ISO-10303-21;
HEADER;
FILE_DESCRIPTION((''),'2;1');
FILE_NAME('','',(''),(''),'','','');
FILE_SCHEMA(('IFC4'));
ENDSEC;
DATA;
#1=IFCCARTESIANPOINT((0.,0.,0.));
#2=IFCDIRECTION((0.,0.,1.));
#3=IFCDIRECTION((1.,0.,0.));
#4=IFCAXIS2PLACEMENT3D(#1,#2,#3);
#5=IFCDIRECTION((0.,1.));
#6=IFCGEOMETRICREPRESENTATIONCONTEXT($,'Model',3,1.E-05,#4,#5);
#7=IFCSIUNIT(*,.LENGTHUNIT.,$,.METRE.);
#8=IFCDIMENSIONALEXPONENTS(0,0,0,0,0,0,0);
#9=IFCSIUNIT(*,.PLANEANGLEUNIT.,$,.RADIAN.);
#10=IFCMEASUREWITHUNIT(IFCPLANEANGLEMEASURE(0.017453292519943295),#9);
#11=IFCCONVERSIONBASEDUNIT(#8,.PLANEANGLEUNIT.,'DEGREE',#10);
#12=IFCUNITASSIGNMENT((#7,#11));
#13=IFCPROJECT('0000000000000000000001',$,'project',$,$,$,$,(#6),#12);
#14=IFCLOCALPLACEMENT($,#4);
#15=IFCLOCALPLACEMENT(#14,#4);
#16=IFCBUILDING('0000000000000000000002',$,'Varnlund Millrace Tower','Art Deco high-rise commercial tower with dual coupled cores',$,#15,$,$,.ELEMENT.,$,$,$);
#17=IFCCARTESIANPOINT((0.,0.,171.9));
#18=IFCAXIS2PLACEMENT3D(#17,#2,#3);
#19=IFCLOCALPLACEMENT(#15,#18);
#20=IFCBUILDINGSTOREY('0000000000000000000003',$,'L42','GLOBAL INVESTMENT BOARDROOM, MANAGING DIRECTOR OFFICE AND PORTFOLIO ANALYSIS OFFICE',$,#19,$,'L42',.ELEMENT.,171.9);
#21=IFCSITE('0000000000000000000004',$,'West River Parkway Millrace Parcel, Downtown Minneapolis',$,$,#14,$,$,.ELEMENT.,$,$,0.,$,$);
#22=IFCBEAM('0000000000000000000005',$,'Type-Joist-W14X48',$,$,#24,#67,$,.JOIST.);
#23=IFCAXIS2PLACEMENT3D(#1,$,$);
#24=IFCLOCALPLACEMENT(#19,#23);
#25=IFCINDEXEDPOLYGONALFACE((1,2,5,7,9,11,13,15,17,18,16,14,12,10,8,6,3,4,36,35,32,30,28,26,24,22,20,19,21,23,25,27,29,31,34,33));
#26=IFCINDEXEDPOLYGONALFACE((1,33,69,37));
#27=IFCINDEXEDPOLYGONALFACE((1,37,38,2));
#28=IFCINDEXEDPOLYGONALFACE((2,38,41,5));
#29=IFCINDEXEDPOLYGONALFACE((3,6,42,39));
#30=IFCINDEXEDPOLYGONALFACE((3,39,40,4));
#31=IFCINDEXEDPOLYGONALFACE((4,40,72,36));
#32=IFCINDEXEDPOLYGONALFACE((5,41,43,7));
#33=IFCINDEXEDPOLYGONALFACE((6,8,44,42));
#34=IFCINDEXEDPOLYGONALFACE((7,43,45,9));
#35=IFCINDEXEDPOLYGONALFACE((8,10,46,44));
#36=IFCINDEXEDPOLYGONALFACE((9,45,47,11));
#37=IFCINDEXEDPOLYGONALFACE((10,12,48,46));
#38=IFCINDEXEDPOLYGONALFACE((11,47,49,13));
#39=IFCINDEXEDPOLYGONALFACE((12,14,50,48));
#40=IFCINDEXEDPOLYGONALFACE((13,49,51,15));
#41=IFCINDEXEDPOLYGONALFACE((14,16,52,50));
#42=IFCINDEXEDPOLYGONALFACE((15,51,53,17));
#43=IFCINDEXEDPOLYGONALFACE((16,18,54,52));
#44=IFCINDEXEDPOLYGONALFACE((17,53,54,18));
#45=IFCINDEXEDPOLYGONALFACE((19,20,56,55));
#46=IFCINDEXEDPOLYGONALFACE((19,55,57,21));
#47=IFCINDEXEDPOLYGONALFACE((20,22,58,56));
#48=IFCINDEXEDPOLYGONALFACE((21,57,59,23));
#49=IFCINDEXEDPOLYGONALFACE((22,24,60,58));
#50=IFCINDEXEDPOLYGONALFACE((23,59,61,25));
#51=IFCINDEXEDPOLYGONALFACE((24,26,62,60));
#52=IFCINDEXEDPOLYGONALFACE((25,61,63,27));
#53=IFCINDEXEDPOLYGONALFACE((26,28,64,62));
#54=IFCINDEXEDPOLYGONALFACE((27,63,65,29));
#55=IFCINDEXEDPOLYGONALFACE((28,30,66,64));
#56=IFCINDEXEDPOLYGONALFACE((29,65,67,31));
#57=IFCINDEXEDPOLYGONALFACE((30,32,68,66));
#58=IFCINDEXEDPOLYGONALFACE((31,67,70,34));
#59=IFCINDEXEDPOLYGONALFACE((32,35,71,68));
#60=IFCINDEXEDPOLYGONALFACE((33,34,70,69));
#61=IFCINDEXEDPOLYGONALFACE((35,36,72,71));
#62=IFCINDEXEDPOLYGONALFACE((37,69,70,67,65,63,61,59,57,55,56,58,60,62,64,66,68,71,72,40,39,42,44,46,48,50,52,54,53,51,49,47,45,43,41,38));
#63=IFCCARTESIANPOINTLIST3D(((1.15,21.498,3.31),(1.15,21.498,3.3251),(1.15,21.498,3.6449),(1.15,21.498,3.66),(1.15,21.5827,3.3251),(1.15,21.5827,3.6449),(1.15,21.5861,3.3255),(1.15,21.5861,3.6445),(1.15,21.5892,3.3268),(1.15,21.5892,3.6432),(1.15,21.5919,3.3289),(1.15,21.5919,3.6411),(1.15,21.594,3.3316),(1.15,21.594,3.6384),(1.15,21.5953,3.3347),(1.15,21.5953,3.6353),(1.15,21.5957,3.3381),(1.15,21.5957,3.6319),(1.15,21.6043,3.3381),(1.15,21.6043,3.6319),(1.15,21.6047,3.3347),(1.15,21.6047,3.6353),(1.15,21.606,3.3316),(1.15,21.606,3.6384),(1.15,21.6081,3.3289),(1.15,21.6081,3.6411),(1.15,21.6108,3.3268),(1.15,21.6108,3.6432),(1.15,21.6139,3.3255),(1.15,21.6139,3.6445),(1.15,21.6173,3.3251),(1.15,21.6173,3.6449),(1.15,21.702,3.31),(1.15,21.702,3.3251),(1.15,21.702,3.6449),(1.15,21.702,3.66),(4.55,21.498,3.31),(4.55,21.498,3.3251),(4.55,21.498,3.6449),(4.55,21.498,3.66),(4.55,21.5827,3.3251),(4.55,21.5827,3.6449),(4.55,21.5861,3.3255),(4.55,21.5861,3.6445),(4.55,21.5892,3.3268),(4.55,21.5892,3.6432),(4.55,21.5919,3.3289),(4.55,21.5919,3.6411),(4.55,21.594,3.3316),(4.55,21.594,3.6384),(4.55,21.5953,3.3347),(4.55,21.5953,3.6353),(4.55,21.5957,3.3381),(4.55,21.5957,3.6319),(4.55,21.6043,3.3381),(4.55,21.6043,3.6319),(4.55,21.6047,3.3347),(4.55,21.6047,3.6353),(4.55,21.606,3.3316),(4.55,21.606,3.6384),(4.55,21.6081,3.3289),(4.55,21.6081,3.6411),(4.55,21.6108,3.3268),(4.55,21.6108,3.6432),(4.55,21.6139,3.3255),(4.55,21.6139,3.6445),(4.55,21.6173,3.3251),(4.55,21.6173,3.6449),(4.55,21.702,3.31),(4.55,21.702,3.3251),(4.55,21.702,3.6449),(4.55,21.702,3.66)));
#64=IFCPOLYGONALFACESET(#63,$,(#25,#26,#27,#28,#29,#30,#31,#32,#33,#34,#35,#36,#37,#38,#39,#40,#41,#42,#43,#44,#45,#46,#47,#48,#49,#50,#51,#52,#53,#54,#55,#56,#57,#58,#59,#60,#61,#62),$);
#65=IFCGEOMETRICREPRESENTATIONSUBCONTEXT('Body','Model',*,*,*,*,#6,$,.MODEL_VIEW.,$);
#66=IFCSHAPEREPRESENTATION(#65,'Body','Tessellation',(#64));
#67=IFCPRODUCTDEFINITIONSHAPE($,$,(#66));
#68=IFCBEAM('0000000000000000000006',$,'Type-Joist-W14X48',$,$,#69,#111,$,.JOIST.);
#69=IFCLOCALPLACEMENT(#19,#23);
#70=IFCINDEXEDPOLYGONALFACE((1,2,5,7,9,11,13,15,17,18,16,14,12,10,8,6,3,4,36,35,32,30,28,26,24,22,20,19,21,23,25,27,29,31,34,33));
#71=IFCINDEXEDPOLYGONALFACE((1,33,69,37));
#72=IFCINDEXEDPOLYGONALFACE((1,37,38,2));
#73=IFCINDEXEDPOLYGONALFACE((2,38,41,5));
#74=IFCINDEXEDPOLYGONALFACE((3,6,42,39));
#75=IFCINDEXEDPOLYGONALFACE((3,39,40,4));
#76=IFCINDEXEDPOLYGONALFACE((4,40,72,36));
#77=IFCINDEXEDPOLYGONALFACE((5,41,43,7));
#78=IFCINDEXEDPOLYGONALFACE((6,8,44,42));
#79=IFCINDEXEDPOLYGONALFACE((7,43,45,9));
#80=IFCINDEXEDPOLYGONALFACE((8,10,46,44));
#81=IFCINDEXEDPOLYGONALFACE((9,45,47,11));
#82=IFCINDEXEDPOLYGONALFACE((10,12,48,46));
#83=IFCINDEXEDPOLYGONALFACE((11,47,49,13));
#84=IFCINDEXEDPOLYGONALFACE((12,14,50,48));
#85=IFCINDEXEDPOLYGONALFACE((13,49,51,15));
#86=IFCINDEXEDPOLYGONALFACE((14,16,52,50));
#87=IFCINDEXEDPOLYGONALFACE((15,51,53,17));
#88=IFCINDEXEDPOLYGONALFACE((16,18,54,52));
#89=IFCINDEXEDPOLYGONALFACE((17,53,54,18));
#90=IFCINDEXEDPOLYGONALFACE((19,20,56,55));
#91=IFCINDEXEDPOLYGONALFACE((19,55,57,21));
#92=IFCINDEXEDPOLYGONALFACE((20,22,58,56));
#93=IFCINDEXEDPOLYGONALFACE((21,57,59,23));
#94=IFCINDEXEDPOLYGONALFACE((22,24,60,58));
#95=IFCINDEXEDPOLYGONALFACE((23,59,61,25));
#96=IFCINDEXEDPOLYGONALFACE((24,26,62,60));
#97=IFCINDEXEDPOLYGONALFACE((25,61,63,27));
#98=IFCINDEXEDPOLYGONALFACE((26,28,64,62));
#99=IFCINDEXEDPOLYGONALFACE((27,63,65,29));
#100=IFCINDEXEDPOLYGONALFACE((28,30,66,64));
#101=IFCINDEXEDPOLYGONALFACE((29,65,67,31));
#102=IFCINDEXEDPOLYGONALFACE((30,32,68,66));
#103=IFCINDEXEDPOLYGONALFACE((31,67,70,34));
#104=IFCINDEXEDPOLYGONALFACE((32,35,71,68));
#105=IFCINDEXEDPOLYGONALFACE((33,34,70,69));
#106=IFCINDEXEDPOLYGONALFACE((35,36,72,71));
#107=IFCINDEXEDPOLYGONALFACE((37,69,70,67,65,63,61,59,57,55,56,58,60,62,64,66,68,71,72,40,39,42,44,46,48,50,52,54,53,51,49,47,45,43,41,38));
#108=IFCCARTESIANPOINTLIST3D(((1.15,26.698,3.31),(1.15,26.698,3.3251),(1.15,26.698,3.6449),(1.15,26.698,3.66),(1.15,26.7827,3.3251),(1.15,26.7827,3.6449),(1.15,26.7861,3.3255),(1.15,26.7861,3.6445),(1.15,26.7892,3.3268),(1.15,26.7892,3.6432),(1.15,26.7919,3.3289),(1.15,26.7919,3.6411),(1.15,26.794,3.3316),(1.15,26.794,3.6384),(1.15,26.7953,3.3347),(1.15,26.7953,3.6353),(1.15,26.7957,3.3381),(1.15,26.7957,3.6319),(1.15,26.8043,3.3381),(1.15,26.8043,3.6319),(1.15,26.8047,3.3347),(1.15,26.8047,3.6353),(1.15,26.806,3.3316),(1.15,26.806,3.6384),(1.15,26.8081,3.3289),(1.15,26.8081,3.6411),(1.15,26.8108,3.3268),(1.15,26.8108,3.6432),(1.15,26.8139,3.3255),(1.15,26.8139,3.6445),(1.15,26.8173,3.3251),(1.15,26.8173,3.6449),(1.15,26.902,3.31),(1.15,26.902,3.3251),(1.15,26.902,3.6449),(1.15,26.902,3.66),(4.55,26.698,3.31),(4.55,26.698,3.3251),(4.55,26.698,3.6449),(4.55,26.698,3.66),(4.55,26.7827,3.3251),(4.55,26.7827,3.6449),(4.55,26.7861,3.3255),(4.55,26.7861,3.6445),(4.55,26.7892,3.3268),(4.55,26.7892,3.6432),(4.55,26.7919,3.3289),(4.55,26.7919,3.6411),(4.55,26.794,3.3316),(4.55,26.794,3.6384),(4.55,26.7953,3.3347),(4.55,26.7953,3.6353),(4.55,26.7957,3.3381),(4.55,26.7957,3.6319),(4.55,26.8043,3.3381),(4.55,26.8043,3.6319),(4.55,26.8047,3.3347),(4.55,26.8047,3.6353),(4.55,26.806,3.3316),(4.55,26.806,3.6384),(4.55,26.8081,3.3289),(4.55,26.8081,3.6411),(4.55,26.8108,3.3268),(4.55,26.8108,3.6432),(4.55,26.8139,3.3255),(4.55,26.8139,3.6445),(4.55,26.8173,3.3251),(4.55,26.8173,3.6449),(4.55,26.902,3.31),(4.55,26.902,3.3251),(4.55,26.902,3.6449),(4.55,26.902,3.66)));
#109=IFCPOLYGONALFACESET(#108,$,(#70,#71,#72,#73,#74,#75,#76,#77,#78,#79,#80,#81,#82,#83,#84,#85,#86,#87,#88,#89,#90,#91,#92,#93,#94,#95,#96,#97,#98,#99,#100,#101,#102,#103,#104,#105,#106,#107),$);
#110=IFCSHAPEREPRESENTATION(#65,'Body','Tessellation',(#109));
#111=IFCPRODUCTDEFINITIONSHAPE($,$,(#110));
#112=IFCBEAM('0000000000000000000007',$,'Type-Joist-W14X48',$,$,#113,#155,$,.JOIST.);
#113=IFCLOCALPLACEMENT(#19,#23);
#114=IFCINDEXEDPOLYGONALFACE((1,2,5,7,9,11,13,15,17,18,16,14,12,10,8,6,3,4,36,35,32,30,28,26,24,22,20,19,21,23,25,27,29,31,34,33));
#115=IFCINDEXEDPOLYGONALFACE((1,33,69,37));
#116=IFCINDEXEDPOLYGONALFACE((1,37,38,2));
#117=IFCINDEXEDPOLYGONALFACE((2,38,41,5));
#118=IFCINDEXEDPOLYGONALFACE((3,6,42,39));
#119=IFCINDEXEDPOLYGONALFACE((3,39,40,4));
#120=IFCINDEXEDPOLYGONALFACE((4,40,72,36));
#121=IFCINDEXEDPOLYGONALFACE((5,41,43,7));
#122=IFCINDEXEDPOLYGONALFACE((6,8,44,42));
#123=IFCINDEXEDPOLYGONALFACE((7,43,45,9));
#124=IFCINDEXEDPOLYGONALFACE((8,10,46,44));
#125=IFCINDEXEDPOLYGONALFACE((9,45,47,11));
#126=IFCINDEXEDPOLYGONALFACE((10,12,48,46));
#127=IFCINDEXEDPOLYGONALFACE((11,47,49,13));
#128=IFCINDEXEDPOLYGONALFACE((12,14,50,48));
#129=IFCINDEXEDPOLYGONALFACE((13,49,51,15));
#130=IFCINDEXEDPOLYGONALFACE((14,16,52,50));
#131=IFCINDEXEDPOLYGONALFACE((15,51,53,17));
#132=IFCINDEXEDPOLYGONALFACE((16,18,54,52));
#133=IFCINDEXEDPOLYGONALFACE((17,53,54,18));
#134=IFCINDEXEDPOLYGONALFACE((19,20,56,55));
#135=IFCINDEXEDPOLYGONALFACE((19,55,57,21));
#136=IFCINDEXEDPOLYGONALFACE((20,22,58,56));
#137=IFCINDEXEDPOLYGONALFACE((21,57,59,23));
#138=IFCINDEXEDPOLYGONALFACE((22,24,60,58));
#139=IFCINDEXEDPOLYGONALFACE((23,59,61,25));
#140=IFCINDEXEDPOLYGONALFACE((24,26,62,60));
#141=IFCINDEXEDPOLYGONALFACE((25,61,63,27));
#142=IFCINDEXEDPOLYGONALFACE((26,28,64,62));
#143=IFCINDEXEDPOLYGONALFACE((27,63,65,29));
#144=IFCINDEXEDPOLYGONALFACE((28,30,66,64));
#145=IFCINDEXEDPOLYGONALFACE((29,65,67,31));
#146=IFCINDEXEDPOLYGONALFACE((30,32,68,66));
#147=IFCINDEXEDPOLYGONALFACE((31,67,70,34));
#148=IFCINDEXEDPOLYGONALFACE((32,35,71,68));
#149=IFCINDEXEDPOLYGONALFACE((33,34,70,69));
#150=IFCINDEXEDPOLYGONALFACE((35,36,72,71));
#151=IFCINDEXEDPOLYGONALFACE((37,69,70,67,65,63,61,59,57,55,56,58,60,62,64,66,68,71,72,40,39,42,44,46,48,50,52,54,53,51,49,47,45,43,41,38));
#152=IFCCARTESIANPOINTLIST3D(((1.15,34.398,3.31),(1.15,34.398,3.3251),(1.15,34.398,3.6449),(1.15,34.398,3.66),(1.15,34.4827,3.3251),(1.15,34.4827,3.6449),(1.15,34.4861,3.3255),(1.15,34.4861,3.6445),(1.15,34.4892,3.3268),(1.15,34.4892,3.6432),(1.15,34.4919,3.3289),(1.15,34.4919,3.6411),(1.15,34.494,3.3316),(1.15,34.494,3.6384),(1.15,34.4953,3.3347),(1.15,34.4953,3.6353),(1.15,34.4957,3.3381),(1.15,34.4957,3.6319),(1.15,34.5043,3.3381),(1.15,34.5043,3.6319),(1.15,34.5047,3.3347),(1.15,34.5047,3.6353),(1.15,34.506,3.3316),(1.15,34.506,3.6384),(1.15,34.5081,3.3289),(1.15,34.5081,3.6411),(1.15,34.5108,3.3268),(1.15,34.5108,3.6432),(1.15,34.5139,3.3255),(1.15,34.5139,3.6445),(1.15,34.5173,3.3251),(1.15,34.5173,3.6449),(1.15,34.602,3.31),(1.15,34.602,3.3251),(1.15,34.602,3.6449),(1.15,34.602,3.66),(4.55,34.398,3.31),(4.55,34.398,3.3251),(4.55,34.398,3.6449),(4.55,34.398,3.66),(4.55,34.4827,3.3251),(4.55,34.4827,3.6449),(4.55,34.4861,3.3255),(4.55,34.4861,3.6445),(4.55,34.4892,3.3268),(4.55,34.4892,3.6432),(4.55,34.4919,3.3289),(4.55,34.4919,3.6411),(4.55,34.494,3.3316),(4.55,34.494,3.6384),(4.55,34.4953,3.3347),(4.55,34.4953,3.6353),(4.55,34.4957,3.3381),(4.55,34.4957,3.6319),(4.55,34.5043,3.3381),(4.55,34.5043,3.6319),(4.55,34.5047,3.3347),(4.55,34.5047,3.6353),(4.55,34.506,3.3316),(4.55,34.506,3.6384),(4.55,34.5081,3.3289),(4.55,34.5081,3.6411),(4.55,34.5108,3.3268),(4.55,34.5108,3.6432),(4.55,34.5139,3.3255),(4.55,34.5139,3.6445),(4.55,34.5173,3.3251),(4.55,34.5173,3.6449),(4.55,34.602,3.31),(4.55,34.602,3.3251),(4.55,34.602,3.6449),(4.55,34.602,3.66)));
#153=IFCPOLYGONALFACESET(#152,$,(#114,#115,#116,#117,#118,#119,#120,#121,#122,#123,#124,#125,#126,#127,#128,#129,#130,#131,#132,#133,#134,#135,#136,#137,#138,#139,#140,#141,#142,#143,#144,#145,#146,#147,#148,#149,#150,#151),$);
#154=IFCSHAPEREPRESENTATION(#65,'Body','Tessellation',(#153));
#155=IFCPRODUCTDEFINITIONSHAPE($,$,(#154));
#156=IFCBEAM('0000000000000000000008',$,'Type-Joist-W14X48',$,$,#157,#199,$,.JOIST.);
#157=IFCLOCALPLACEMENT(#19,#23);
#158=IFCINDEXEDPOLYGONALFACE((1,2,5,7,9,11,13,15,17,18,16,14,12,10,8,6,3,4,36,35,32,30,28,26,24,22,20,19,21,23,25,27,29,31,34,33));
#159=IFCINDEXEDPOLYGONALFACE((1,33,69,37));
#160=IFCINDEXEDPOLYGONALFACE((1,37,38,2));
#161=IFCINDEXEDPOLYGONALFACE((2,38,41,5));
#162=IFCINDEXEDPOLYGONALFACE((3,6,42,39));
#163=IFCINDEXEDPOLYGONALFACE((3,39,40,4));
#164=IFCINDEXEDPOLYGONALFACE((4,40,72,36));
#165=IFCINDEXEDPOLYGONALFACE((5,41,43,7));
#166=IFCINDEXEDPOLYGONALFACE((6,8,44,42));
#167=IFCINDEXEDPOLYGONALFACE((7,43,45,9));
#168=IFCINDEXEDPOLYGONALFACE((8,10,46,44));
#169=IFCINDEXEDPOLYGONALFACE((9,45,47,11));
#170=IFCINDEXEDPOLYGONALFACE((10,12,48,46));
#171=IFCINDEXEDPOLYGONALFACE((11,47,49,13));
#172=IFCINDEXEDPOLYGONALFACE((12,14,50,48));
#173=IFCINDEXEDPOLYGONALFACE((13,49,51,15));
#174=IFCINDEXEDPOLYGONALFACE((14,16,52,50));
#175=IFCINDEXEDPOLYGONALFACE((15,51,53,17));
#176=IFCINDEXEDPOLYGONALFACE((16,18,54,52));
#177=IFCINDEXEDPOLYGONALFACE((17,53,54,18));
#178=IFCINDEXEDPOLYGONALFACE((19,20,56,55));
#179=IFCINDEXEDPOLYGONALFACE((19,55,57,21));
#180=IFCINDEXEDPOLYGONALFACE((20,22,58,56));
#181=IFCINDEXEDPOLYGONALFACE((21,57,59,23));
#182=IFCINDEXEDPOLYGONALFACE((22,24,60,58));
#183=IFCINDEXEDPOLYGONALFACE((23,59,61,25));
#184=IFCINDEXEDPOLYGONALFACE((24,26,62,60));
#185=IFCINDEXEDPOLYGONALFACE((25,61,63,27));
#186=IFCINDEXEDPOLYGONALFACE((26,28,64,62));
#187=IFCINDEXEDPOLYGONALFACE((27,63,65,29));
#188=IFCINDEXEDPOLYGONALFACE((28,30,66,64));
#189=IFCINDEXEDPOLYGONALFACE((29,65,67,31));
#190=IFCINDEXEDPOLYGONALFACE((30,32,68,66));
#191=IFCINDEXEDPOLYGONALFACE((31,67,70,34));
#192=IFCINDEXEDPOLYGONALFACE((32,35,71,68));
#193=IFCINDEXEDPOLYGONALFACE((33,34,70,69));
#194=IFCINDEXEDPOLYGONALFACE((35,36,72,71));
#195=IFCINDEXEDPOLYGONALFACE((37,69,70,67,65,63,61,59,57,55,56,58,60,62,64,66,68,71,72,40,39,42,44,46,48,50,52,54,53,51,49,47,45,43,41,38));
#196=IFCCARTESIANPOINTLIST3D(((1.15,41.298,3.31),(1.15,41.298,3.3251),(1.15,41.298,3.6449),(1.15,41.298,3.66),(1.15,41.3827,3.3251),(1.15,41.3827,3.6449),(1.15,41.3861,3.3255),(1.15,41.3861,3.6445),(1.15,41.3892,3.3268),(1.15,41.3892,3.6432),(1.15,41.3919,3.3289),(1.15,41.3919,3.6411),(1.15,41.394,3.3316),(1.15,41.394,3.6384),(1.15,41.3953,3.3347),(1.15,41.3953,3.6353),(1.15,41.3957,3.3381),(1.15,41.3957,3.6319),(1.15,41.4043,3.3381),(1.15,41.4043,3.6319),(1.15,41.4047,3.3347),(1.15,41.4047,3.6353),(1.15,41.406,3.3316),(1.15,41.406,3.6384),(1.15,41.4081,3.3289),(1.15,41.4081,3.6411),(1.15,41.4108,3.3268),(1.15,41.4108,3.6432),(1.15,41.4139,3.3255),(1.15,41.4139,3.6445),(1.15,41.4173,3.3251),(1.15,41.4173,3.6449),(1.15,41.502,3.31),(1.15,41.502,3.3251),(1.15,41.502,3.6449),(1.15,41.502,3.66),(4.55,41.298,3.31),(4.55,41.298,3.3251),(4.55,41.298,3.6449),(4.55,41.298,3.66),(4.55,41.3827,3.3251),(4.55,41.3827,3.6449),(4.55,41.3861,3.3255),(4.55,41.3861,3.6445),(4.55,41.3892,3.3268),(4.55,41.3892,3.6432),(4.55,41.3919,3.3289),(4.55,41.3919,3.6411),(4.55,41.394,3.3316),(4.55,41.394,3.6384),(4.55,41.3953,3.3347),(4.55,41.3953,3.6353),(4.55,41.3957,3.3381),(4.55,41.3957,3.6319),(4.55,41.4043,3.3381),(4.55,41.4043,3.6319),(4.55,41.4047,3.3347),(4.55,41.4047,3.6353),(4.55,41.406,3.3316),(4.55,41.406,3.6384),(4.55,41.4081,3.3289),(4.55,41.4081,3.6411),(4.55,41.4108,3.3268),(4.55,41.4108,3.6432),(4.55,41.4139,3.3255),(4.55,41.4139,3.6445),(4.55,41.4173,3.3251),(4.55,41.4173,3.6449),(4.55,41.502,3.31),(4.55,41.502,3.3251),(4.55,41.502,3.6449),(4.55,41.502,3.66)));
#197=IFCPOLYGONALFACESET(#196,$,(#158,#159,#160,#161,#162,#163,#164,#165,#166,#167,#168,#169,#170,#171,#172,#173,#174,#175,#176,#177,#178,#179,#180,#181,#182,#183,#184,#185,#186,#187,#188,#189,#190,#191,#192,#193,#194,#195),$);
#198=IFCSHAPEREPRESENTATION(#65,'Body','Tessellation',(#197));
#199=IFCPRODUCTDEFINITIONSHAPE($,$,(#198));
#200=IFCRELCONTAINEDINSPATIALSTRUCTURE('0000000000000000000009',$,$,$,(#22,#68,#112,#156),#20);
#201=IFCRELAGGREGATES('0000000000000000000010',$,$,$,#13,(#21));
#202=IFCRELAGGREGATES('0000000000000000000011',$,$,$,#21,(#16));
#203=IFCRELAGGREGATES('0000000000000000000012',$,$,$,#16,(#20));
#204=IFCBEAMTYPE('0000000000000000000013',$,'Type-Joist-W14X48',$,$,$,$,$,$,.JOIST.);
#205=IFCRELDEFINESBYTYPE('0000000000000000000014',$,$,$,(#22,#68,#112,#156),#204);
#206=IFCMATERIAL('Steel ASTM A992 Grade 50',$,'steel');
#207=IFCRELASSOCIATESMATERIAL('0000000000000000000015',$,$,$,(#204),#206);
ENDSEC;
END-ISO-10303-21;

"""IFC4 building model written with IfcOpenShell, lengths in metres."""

from ifc_helpers import new_model, entity, si_unit, converted_unit, direction, frame, origin_with_axes, origin_2d_with_axis, place, context, subcontext, project, spatial, i_section, extrude, material, material_profile, profile_set, type_object, element, save


model = new_model("IFC4")

# Units and contexts
model_context = context("Model", 3, precision=1e-05, world=origin_with_axes(), true_north=direction((0.0, 1.0)))
body_context = subcontext(model_context, "Body", "Model", "MODEL_VIEW")
ifc_project = project(units=[si_unit("LENGTHUNIT", "METRE"), converted_unit("PLANEANGLEUNIT", "DEGREE", entity("IfcPlaneAngleMeasure", 0.017453292519943295), si_unit("PLANEANGLEUNIT", "RADIAN"), dimensions=[0, 0, 0, 0, 0, 0, 0])], contexts=[model_context])

# Site, building, storey
site_placement = place(None, origin_with_axes())
site = spatial("IfcSite", under=ifc_project, at=site_placement, Name="West River Parkway Millrace Parcel, Downtown Minneapolis", CompositionType="ELEMENT", RefElevation=0.0)
building_placement = place(site_placement, origin_with_axes())
building = spatial("IfcBuilding", under=site, at=building_placement, Name="Varnlund Millrace Tower", Description="Art Deco high-rise commercial tower with dual coupled cores", CompositionType="ELEMENT")
storey_placement = place(building_placement, frame((0.0, 0.0, 171.9), z_axis=(0.0, 0.0, 1.0), x_axis=(1.0, 0.0, 0.0)))
storey = spatial("IfcBuildingStorey", under=building, at=storey_placement, Name="L42", Description="GLOBAL INVESTMENT BOARDROOM, MANAGING DIRECTOR OFFICE AND PORTFOLIO ANALYSIS OFFICE", LongName="L42", CompositionType="ELEMENT", Elevation=171.9)

# Beams
ifc_material_1 = material(Name="Steel ASTM A992 Grade 50", Category="steel")
ifc_material_profile_1 = material_profile(ifc_material_1, i_section(OverallWidth=0.204, OverallDepth=0.35, WebThickness=0.0086, FlangeThickness=0.0151, FilletRadius=0.013, at=origin_2d_with_axis()), Name="Steel ASTM A992 Grade 50")
ifc_profile_set_1 = profile_set([ifc_material_profile_1], Name="Steel ASTM A992 Grade 50")
beam_type_1 = type_object("IfcBeamType", Name="Type-Joist-W14X48", PredefinedType="JOIST", material=ifc_profile_set_1)
for number, where, z_axis, x_axis, name in (
    (1, (1.15, 21.6, 3.485), (1.0, 0.0, 0.0), (0.0, 1.0, 0.0), "Type-Joist-W14X48"),
    (2, (1.15, 26.8, 3.485), (1.0, 0.0, 0.0), (0.0, 1.0, 0.0), "Type-Joist-W14X48"),
    (3, (1.15, 34.5, 3.485), (1.0, 0.0, 0.0), (0.0, 1.0, 0.0), "Type-Joist-W14X48"),
    (4, (1.15, 41.4, 3.485), (1.0, 0.0, 0.0), (0.0, 1.0, 0.0), "Type-Joist-W14X48"),
):
    element("IfcBeam", number, at=place(storey_placement, frame(where, z_axis=z_axis, x_axis=x_axis)), inside=storey, type_object=beam_type_1, Name=name, PredefinedType="JOIST", context=body_context, shape_type="SweptSolid", body=[
        extrude(i_section(OverallWidth=0.204, OverallDepth=0.35, WebThickness=0.0086, FlangeThickness=0.0151, FilletRadius=0.013, at=origin_2d_with_axis()), origin_with_axes(), (0.0, 0.0, 1.0), 3.4),
    ])

save(model, "model.ifc")
